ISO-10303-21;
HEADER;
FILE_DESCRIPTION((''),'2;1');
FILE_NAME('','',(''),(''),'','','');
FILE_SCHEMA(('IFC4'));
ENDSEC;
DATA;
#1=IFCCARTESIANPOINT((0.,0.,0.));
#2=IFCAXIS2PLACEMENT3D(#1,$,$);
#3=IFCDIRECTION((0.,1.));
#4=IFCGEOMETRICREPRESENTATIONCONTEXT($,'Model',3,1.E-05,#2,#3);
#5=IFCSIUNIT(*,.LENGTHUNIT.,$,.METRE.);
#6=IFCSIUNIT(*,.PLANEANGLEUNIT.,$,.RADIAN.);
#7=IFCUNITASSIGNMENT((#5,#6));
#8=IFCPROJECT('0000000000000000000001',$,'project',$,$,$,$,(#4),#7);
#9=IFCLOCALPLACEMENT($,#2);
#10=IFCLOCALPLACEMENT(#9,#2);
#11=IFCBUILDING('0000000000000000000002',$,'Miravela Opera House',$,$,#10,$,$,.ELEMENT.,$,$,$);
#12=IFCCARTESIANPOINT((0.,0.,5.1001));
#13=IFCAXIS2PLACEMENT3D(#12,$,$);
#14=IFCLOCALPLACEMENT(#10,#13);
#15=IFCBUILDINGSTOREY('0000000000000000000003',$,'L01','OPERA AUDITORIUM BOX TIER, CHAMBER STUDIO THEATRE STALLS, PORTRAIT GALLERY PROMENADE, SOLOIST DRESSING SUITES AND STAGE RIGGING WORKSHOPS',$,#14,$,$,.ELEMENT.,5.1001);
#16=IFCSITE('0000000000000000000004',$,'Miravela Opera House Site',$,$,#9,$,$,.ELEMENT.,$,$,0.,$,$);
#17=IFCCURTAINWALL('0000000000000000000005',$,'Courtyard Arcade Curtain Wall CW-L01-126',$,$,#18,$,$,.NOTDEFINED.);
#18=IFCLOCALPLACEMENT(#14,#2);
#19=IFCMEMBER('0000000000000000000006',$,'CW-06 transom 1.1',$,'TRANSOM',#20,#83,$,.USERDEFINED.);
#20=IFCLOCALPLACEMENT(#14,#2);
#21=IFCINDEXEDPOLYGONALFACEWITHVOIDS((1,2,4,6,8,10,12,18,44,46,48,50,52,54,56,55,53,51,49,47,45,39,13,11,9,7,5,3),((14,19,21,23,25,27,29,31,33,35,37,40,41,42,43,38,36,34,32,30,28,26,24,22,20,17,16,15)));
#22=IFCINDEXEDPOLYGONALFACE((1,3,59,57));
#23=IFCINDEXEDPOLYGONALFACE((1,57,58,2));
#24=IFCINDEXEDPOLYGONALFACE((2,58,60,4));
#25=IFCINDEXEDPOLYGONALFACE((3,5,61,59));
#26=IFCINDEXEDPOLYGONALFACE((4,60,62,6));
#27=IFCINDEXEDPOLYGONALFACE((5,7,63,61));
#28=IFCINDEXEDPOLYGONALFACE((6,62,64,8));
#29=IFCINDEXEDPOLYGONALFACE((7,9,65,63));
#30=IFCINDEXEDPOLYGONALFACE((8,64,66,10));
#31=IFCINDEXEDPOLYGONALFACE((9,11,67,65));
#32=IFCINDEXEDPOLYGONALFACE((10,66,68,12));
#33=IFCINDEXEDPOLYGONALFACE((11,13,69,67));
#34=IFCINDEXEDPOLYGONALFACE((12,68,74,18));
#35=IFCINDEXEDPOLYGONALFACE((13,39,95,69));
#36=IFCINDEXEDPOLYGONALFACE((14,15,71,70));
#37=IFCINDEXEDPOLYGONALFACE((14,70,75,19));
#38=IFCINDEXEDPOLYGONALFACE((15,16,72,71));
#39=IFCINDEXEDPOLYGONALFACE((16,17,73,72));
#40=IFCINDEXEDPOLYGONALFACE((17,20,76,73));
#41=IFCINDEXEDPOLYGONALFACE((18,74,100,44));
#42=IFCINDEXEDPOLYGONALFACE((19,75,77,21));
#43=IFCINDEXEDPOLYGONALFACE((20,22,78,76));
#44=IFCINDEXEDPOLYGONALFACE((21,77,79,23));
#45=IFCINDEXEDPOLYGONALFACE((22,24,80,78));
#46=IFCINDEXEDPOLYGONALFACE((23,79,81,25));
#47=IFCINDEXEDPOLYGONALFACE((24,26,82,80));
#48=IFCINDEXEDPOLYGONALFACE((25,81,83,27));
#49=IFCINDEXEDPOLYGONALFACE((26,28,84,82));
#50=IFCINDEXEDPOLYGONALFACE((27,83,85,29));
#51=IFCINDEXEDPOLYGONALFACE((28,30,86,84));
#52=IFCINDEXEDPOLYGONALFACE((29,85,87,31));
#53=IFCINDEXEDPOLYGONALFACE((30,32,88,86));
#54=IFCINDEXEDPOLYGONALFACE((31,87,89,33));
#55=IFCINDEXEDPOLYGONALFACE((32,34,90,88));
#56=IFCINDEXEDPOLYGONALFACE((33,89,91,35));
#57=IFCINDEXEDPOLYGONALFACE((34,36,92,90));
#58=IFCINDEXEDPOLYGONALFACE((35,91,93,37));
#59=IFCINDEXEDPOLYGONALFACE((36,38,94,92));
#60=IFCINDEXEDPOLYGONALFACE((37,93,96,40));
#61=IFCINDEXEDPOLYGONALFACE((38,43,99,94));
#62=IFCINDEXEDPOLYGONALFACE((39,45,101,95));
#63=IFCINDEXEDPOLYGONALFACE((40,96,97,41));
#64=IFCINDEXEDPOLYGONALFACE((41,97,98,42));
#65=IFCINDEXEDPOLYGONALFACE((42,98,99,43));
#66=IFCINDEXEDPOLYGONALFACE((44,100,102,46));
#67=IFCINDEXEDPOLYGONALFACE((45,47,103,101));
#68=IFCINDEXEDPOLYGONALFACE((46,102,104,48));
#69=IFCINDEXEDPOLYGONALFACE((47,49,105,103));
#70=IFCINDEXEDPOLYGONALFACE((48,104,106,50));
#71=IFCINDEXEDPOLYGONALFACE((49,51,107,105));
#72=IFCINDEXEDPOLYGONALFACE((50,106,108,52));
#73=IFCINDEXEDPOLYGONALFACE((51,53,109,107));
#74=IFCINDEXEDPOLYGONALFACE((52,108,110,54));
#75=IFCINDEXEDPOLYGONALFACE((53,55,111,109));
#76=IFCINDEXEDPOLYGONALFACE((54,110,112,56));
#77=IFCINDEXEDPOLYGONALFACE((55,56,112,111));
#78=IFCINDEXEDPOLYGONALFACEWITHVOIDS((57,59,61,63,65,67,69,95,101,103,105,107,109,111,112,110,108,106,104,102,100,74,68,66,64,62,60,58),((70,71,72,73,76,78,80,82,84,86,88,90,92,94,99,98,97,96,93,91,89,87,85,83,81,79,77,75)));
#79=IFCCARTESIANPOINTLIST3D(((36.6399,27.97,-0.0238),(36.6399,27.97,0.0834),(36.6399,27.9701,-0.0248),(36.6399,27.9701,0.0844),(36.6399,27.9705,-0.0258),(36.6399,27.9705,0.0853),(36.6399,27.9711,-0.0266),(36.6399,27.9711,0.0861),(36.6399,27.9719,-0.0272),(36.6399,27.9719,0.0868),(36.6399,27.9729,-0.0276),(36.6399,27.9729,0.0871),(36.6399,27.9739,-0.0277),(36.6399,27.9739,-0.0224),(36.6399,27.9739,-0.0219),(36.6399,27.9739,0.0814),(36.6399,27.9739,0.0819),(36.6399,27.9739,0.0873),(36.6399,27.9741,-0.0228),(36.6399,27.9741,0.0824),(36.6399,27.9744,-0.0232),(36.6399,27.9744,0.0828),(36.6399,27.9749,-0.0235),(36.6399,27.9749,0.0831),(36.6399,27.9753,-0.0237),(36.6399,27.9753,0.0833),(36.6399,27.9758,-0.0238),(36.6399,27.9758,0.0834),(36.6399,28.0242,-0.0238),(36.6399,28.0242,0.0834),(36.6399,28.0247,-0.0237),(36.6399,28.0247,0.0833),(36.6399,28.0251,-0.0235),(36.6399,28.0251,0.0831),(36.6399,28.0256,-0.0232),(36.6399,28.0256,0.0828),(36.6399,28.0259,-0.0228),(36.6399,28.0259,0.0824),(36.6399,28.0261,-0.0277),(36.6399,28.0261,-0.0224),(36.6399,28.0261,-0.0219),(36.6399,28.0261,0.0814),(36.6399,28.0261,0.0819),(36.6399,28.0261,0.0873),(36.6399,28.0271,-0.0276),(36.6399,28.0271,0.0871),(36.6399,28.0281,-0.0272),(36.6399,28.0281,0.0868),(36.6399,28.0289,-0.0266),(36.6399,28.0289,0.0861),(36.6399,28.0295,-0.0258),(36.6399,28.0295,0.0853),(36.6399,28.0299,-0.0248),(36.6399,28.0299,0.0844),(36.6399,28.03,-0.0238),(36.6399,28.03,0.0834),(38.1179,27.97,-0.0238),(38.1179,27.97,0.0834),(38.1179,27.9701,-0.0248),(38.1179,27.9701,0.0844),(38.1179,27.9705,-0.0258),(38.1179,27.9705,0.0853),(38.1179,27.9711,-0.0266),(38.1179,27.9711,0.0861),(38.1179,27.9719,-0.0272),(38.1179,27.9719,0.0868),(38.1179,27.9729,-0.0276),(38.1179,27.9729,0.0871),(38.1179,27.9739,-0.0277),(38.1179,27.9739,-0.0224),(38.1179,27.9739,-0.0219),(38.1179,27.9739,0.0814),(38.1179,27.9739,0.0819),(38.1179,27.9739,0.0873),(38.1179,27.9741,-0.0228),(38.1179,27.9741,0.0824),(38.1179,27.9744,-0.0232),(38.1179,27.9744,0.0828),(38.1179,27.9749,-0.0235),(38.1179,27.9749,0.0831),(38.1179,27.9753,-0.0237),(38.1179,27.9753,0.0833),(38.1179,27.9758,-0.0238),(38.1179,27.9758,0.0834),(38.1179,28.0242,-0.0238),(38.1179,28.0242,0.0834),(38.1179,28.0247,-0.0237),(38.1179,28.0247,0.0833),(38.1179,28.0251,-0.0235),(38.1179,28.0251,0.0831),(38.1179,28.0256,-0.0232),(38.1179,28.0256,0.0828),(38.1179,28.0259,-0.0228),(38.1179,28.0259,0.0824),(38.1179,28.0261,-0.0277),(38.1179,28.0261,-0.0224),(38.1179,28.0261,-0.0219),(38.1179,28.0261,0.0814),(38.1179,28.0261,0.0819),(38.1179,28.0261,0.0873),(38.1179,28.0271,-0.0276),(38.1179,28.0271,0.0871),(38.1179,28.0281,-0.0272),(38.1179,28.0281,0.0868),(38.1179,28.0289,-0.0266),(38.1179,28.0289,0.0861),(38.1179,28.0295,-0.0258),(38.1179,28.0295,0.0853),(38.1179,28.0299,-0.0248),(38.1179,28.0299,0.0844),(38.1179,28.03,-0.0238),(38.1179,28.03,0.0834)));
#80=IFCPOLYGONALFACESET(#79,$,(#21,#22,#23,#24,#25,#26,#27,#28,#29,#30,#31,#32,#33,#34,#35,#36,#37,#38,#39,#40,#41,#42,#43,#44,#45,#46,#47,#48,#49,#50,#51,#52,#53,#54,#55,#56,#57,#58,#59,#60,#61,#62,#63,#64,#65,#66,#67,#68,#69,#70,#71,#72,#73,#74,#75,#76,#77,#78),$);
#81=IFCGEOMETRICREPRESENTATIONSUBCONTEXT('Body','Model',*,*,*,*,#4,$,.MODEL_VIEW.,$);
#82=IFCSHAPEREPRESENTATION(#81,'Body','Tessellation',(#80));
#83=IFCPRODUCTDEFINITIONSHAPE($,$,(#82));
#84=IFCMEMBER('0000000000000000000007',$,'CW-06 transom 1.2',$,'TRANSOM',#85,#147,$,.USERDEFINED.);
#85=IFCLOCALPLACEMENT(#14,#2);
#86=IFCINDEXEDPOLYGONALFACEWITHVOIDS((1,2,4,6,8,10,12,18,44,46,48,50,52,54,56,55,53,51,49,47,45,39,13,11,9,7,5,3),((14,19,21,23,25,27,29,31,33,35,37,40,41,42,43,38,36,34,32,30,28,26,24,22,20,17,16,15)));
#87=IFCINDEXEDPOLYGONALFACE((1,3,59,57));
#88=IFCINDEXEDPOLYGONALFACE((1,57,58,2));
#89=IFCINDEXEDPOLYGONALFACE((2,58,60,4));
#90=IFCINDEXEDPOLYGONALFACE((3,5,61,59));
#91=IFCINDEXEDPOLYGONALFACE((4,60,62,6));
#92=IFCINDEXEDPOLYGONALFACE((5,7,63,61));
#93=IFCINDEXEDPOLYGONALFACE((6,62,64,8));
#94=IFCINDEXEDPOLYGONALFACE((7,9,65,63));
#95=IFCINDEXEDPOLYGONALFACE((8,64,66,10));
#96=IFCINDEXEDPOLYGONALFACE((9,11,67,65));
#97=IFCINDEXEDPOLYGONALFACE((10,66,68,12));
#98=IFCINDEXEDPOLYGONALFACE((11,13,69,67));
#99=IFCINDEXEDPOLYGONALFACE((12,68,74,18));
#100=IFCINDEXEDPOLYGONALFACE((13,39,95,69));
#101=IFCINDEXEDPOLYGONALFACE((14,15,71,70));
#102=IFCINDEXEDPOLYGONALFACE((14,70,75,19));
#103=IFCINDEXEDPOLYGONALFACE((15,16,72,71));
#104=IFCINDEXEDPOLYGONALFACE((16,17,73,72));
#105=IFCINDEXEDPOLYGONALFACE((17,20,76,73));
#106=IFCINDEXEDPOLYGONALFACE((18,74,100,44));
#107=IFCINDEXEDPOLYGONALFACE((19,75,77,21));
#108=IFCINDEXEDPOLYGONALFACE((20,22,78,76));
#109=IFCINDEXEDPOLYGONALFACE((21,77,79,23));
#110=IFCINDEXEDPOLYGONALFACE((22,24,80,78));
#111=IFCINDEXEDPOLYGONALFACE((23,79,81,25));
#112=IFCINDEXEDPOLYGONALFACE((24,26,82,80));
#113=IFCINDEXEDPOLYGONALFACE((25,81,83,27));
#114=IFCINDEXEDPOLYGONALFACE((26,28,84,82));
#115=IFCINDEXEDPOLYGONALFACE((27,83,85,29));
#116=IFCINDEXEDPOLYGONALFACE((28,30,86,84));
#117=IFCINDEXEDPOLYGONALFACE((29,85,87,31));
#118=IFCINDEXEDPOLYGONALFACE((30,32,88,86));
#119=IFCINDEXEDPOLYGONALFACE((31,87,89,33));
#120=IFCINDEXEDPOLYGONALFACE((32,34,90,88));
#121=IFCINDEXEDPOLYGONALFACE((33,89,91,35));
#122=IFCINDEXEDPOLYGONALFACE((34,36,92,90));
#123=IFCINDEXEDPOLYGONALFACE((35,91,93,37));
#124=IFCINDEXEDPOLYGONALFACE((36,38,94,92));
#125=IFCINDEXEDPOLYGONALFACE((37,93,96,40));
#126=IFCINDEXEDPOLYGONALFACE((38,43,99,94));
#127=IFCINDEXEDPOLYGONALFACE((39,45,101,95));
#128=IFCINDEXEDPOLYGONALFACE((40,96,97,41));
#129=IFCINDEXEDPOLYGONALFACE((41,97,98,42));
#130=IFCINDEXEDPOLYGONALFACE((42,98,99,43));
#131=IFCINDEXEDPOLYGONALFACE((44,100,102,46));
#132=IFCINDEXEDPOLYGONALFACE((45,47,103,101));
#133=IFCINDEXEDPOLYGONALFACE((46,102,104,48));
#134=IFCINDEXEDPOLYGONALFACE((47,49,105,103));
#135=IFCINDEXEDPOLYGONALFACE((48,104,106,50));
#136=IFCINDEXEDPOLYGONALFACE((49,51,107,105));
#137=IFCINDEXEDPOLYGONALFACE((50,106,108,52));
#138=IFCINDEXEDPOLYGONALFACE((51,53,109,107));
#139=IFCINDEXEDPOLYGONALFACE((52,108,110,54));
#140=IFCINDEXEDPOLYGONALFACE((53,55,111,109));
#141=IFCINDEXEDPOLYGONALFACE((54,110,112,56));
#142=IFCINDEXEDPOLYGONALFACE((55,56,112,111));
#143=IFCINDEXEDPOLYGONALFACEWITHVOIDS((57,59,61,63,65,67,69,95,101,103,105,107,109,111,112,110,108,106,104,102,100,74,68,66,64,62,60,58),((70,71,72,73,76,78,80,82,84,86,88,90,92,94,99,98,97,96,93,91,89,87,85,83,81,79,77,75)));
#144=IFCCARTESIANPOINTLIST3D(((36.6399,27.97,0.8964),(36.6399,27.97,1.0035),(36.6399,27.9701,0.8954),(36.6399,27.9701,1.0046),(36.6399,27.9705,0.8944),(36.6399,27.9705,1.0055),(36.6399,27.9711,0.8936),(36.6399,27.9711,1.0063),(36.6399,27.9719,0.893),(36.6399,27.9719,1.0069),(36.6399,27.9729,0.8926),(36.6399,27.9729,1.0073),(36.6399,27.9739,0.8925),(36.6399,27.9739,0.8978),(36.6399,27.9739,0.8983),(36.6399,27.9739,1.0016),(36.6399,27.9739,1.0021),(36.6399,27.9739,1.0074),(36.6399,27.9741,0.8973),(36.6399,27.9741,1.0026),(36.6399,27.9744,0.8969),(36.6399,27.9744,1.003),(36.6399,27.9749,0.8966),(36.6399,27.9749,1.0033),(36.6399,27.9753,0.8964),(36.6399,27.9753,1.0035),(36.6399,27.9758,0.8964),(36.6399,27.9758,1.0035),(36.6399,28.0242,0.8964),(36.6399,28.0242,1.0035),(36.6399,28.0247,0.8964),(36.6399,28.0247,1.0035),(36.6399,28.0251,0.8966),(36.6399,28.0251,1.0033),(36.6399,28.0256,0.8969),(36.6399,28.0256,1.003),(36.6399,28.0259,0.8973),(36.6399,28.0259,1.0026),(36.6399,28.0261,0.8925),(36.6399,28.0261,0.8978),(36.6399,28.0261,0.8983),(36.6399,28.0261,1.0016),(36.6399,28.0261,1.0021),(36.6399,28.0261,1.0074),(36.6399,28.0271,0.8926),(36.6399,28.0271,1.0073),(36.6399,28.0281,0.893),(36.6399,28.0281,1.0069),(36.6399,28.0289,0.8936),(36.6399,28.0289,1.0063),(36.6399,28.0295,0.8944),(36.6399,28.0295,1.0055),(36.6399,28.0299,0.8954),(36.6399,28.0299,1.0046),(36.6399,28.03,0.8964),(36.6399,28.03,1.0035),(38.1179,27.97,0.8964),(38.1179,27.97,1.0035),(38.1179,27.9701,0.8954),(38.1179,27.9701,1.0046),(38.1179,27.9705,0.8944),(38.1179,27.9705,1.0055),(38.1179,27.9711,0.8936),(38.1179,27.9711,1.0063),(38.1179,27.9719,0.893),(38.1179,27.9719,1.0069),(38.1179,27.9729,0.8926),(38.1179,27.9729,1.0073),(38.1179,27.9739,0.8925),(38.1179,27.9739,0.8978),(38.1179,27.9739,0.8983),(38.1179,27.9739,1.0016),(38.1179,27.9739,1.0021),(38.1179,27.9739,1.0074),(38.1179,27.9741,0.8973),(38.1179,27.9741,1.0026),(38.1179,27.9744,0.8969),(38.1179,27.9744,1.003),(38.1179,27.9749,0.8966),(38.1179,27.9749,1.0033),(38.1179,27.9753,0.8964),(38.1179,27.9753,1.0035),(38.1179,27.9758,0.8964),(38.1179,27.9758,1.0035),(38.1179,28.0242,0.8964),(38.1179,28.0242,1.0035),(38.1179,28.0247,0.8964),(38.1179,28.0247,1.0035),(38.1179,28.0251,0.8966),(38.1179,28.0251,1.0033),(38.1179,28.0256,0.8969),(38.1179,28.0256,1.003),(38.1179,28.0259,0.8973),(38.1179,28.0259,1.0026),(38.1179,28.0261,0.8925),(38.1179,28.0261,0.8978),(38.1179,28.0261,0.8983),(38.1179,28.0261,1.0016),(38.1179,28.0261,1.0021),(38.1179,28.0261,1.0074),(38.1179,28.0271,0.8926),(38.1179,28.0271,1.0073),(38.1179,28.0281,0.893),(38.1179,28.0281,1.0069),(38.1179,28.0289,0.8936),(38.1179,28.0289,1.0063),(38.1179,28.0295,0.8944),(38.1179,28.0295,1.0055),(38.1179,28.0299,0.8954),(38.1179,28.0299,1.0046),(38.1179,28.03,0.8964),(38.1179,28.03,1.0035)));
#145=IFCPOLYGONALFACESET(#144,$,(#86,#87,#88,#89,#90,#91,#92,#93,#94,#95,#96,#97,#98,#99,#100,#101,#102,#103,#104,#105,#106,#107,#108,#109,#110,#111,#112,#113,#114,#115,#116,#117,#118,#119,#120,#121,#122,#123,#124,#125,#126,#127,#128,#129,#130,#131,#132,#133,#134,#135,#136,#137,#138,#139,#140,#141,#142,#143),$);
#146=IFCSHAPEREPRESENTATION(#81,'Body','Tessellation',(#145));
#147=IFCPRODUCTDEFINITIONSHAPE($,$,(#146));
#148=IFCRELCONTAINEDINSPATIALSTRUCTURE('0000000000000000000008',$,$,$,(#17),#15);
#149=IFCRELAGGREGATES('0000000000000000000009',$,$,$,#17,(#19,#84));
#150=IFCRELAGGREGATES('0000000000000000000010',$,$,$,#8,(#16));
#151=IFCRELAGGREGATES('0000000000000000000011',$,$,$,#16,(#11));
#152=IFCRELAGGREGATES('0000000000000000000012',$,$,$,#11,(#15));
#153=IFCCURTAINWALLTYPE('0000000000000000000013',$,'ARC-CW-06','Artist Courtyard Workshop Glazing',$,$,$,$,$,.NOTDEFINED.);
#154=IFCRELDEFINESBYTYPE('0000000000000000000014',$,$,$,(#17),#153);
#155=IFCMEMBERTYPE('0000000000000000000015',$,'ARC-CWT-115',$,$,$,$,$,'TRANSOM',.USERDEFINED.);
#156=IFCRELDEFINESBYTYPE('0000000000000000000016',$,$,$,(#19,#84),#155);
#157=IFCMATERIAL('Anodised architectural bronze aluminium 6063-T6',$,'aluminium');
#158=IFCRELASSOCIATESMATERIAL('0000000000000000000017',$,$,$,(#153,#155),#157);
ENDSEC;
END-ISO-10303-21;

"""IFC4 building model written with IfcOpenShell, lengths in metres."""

from ifc_helpers import new_model, si_unit, direction, frame, origin, origin_2d, place, context, subcontext, project, spatial, hollow_rectangle, extrude, material, material_profile, profile_set, type_object, element, aggregate, save


model = new_model("IFC4")

# Units and contexts
model_context = context("Model", 3, precision=1e-05, world=origin(), true_north=direction((0.0, 1.0)))
body_context = subcontext(model_context, "Body", "Model", "MODEL_VIEW")
ifc_project = project(units=[si_unit("LENGTHUNIT", "METRE"), si_unit("PLANEANGLEUNIT", "RADIAN")], contexts=[model_context])

# Site, building, storey
site_placement = place(None, origin())
site = spatial("IfcSite", under=ifc_project, at=site_placement, Name="Miravela Opera House Site", CompositionType="ELEMENT", RefElevation=0.0)
building_placement = place(site_placement, origin())
building = spatial("IfcBuilding", under=site, at=building_placement, Name="Miravela Opera House", CompositionType="ELEMENT")
storey_placement = place(building_placement, frame((0.0, 0.0, 5.1001)))
storey = spatial("IfcBuildingStorey", under=building, at=storey_placement, Name="L01", Description="OPERA AUDITORIUM BOX TIER, CHAMBER STUDIO THEATRE STALLS, PORTRAIT GALLERY PROMENADE, SOLOIST DRESSING SUITES AND STAGE RIGGING WORKSHOPS", CompositionType="ELEMENT", Elevation=5.1001)

# Shared definitions
ifc_material_1 = material(Name="Anodised architectural bronze aluminium 6063-T6", Category="aluminium")
curtain_wall_type = type_object("IfcCurtainWallType", Name="ARC-CW-06", Description="Artist Courtyard Workshop Glazing", PredefinedType="NOTDEFINED", material=ifc_material_1)

# Curtain wall, members
curtain_wall_1_placement = place(storey_placement, origin())
curtain_wall_1 = element("IfcCurtainWall", 1, at=curtain_wall_1_placement, inside=storey, type_object=curtain_wall_type, Name="Courtyard Arcade Curtain Wall CW-L01-126", PredefinedType="NOTDEFINED")
ifc_material_profile_1 = material_profile(ifc_material_1, hollow_rectangle(XDim=0.0601, YDim=0.115, WallThickness=0.0039, InnerFilletRadius=0.002, OuterFilletRadius=0.0039, at=origin_2d()), Name="CWT-60X115")
ifc_profile_set_1 = profile_set([ifc_material_profile_1])
member_type_1 = type_object("IfcMemberType", Name="ARC-CWT-115", ElementType="TRANSOM", PredefinedType="USERDEFINED", material=ifc_profile_set_1)
member_1_placement = place(storey_placement, frame((36.6399, 28.0, 0.0298), z_axis=(1.0, 0.0, 0.0), x_axis=(0.0, 1.0, 0.0)))
member_1 = element("IfcMember", 2, at=member_1_placement, type_object=member_type_1, Name="CW-06 transom 1.1", ObjectType="TRANSOM", PredefinedType="USERDEFINED", context=body_context, shape_type="SweptSolid", body=[
    extrude(hollow_rectangle(XDim=0.0601, YDim=0.115, WallThickness=0.0039, InnerFilletRadius=0.002, OuterFilletRadius=0.0039, at=origin_2d()), origin(), (0.0, 0.0, 1.0), 1.478),
])
member_2_placement = place(storey_placement, frame((36.6399, 28.0, 0.95), z_axis=(1.0, 0.0, 0.0), x_axis=(0.0, 1.0, 0.0)))
member_2 = element("IfcMember", 3, at=member_2_placement, type_object=member_type_1, Name="CW-06 transom 1.2", ObjectType="TRANSOM", PredefinedType="USERDEFINED", context=body_context, shape_type="SweptSolid", body=[
    extrude(hollow_rectangle(XDim=0.0601, YDim=0.115, WallThickness=0.0039, InnerFilletRadius=0.002, OuterFilletRadius=0.0039, at=origin_2d()), origin(), (0.0, 0.0, 1.0), 1.478),
])

aggregate(curtain_wall_1, [member_1, member_2])

save(model, "model.ifc")
